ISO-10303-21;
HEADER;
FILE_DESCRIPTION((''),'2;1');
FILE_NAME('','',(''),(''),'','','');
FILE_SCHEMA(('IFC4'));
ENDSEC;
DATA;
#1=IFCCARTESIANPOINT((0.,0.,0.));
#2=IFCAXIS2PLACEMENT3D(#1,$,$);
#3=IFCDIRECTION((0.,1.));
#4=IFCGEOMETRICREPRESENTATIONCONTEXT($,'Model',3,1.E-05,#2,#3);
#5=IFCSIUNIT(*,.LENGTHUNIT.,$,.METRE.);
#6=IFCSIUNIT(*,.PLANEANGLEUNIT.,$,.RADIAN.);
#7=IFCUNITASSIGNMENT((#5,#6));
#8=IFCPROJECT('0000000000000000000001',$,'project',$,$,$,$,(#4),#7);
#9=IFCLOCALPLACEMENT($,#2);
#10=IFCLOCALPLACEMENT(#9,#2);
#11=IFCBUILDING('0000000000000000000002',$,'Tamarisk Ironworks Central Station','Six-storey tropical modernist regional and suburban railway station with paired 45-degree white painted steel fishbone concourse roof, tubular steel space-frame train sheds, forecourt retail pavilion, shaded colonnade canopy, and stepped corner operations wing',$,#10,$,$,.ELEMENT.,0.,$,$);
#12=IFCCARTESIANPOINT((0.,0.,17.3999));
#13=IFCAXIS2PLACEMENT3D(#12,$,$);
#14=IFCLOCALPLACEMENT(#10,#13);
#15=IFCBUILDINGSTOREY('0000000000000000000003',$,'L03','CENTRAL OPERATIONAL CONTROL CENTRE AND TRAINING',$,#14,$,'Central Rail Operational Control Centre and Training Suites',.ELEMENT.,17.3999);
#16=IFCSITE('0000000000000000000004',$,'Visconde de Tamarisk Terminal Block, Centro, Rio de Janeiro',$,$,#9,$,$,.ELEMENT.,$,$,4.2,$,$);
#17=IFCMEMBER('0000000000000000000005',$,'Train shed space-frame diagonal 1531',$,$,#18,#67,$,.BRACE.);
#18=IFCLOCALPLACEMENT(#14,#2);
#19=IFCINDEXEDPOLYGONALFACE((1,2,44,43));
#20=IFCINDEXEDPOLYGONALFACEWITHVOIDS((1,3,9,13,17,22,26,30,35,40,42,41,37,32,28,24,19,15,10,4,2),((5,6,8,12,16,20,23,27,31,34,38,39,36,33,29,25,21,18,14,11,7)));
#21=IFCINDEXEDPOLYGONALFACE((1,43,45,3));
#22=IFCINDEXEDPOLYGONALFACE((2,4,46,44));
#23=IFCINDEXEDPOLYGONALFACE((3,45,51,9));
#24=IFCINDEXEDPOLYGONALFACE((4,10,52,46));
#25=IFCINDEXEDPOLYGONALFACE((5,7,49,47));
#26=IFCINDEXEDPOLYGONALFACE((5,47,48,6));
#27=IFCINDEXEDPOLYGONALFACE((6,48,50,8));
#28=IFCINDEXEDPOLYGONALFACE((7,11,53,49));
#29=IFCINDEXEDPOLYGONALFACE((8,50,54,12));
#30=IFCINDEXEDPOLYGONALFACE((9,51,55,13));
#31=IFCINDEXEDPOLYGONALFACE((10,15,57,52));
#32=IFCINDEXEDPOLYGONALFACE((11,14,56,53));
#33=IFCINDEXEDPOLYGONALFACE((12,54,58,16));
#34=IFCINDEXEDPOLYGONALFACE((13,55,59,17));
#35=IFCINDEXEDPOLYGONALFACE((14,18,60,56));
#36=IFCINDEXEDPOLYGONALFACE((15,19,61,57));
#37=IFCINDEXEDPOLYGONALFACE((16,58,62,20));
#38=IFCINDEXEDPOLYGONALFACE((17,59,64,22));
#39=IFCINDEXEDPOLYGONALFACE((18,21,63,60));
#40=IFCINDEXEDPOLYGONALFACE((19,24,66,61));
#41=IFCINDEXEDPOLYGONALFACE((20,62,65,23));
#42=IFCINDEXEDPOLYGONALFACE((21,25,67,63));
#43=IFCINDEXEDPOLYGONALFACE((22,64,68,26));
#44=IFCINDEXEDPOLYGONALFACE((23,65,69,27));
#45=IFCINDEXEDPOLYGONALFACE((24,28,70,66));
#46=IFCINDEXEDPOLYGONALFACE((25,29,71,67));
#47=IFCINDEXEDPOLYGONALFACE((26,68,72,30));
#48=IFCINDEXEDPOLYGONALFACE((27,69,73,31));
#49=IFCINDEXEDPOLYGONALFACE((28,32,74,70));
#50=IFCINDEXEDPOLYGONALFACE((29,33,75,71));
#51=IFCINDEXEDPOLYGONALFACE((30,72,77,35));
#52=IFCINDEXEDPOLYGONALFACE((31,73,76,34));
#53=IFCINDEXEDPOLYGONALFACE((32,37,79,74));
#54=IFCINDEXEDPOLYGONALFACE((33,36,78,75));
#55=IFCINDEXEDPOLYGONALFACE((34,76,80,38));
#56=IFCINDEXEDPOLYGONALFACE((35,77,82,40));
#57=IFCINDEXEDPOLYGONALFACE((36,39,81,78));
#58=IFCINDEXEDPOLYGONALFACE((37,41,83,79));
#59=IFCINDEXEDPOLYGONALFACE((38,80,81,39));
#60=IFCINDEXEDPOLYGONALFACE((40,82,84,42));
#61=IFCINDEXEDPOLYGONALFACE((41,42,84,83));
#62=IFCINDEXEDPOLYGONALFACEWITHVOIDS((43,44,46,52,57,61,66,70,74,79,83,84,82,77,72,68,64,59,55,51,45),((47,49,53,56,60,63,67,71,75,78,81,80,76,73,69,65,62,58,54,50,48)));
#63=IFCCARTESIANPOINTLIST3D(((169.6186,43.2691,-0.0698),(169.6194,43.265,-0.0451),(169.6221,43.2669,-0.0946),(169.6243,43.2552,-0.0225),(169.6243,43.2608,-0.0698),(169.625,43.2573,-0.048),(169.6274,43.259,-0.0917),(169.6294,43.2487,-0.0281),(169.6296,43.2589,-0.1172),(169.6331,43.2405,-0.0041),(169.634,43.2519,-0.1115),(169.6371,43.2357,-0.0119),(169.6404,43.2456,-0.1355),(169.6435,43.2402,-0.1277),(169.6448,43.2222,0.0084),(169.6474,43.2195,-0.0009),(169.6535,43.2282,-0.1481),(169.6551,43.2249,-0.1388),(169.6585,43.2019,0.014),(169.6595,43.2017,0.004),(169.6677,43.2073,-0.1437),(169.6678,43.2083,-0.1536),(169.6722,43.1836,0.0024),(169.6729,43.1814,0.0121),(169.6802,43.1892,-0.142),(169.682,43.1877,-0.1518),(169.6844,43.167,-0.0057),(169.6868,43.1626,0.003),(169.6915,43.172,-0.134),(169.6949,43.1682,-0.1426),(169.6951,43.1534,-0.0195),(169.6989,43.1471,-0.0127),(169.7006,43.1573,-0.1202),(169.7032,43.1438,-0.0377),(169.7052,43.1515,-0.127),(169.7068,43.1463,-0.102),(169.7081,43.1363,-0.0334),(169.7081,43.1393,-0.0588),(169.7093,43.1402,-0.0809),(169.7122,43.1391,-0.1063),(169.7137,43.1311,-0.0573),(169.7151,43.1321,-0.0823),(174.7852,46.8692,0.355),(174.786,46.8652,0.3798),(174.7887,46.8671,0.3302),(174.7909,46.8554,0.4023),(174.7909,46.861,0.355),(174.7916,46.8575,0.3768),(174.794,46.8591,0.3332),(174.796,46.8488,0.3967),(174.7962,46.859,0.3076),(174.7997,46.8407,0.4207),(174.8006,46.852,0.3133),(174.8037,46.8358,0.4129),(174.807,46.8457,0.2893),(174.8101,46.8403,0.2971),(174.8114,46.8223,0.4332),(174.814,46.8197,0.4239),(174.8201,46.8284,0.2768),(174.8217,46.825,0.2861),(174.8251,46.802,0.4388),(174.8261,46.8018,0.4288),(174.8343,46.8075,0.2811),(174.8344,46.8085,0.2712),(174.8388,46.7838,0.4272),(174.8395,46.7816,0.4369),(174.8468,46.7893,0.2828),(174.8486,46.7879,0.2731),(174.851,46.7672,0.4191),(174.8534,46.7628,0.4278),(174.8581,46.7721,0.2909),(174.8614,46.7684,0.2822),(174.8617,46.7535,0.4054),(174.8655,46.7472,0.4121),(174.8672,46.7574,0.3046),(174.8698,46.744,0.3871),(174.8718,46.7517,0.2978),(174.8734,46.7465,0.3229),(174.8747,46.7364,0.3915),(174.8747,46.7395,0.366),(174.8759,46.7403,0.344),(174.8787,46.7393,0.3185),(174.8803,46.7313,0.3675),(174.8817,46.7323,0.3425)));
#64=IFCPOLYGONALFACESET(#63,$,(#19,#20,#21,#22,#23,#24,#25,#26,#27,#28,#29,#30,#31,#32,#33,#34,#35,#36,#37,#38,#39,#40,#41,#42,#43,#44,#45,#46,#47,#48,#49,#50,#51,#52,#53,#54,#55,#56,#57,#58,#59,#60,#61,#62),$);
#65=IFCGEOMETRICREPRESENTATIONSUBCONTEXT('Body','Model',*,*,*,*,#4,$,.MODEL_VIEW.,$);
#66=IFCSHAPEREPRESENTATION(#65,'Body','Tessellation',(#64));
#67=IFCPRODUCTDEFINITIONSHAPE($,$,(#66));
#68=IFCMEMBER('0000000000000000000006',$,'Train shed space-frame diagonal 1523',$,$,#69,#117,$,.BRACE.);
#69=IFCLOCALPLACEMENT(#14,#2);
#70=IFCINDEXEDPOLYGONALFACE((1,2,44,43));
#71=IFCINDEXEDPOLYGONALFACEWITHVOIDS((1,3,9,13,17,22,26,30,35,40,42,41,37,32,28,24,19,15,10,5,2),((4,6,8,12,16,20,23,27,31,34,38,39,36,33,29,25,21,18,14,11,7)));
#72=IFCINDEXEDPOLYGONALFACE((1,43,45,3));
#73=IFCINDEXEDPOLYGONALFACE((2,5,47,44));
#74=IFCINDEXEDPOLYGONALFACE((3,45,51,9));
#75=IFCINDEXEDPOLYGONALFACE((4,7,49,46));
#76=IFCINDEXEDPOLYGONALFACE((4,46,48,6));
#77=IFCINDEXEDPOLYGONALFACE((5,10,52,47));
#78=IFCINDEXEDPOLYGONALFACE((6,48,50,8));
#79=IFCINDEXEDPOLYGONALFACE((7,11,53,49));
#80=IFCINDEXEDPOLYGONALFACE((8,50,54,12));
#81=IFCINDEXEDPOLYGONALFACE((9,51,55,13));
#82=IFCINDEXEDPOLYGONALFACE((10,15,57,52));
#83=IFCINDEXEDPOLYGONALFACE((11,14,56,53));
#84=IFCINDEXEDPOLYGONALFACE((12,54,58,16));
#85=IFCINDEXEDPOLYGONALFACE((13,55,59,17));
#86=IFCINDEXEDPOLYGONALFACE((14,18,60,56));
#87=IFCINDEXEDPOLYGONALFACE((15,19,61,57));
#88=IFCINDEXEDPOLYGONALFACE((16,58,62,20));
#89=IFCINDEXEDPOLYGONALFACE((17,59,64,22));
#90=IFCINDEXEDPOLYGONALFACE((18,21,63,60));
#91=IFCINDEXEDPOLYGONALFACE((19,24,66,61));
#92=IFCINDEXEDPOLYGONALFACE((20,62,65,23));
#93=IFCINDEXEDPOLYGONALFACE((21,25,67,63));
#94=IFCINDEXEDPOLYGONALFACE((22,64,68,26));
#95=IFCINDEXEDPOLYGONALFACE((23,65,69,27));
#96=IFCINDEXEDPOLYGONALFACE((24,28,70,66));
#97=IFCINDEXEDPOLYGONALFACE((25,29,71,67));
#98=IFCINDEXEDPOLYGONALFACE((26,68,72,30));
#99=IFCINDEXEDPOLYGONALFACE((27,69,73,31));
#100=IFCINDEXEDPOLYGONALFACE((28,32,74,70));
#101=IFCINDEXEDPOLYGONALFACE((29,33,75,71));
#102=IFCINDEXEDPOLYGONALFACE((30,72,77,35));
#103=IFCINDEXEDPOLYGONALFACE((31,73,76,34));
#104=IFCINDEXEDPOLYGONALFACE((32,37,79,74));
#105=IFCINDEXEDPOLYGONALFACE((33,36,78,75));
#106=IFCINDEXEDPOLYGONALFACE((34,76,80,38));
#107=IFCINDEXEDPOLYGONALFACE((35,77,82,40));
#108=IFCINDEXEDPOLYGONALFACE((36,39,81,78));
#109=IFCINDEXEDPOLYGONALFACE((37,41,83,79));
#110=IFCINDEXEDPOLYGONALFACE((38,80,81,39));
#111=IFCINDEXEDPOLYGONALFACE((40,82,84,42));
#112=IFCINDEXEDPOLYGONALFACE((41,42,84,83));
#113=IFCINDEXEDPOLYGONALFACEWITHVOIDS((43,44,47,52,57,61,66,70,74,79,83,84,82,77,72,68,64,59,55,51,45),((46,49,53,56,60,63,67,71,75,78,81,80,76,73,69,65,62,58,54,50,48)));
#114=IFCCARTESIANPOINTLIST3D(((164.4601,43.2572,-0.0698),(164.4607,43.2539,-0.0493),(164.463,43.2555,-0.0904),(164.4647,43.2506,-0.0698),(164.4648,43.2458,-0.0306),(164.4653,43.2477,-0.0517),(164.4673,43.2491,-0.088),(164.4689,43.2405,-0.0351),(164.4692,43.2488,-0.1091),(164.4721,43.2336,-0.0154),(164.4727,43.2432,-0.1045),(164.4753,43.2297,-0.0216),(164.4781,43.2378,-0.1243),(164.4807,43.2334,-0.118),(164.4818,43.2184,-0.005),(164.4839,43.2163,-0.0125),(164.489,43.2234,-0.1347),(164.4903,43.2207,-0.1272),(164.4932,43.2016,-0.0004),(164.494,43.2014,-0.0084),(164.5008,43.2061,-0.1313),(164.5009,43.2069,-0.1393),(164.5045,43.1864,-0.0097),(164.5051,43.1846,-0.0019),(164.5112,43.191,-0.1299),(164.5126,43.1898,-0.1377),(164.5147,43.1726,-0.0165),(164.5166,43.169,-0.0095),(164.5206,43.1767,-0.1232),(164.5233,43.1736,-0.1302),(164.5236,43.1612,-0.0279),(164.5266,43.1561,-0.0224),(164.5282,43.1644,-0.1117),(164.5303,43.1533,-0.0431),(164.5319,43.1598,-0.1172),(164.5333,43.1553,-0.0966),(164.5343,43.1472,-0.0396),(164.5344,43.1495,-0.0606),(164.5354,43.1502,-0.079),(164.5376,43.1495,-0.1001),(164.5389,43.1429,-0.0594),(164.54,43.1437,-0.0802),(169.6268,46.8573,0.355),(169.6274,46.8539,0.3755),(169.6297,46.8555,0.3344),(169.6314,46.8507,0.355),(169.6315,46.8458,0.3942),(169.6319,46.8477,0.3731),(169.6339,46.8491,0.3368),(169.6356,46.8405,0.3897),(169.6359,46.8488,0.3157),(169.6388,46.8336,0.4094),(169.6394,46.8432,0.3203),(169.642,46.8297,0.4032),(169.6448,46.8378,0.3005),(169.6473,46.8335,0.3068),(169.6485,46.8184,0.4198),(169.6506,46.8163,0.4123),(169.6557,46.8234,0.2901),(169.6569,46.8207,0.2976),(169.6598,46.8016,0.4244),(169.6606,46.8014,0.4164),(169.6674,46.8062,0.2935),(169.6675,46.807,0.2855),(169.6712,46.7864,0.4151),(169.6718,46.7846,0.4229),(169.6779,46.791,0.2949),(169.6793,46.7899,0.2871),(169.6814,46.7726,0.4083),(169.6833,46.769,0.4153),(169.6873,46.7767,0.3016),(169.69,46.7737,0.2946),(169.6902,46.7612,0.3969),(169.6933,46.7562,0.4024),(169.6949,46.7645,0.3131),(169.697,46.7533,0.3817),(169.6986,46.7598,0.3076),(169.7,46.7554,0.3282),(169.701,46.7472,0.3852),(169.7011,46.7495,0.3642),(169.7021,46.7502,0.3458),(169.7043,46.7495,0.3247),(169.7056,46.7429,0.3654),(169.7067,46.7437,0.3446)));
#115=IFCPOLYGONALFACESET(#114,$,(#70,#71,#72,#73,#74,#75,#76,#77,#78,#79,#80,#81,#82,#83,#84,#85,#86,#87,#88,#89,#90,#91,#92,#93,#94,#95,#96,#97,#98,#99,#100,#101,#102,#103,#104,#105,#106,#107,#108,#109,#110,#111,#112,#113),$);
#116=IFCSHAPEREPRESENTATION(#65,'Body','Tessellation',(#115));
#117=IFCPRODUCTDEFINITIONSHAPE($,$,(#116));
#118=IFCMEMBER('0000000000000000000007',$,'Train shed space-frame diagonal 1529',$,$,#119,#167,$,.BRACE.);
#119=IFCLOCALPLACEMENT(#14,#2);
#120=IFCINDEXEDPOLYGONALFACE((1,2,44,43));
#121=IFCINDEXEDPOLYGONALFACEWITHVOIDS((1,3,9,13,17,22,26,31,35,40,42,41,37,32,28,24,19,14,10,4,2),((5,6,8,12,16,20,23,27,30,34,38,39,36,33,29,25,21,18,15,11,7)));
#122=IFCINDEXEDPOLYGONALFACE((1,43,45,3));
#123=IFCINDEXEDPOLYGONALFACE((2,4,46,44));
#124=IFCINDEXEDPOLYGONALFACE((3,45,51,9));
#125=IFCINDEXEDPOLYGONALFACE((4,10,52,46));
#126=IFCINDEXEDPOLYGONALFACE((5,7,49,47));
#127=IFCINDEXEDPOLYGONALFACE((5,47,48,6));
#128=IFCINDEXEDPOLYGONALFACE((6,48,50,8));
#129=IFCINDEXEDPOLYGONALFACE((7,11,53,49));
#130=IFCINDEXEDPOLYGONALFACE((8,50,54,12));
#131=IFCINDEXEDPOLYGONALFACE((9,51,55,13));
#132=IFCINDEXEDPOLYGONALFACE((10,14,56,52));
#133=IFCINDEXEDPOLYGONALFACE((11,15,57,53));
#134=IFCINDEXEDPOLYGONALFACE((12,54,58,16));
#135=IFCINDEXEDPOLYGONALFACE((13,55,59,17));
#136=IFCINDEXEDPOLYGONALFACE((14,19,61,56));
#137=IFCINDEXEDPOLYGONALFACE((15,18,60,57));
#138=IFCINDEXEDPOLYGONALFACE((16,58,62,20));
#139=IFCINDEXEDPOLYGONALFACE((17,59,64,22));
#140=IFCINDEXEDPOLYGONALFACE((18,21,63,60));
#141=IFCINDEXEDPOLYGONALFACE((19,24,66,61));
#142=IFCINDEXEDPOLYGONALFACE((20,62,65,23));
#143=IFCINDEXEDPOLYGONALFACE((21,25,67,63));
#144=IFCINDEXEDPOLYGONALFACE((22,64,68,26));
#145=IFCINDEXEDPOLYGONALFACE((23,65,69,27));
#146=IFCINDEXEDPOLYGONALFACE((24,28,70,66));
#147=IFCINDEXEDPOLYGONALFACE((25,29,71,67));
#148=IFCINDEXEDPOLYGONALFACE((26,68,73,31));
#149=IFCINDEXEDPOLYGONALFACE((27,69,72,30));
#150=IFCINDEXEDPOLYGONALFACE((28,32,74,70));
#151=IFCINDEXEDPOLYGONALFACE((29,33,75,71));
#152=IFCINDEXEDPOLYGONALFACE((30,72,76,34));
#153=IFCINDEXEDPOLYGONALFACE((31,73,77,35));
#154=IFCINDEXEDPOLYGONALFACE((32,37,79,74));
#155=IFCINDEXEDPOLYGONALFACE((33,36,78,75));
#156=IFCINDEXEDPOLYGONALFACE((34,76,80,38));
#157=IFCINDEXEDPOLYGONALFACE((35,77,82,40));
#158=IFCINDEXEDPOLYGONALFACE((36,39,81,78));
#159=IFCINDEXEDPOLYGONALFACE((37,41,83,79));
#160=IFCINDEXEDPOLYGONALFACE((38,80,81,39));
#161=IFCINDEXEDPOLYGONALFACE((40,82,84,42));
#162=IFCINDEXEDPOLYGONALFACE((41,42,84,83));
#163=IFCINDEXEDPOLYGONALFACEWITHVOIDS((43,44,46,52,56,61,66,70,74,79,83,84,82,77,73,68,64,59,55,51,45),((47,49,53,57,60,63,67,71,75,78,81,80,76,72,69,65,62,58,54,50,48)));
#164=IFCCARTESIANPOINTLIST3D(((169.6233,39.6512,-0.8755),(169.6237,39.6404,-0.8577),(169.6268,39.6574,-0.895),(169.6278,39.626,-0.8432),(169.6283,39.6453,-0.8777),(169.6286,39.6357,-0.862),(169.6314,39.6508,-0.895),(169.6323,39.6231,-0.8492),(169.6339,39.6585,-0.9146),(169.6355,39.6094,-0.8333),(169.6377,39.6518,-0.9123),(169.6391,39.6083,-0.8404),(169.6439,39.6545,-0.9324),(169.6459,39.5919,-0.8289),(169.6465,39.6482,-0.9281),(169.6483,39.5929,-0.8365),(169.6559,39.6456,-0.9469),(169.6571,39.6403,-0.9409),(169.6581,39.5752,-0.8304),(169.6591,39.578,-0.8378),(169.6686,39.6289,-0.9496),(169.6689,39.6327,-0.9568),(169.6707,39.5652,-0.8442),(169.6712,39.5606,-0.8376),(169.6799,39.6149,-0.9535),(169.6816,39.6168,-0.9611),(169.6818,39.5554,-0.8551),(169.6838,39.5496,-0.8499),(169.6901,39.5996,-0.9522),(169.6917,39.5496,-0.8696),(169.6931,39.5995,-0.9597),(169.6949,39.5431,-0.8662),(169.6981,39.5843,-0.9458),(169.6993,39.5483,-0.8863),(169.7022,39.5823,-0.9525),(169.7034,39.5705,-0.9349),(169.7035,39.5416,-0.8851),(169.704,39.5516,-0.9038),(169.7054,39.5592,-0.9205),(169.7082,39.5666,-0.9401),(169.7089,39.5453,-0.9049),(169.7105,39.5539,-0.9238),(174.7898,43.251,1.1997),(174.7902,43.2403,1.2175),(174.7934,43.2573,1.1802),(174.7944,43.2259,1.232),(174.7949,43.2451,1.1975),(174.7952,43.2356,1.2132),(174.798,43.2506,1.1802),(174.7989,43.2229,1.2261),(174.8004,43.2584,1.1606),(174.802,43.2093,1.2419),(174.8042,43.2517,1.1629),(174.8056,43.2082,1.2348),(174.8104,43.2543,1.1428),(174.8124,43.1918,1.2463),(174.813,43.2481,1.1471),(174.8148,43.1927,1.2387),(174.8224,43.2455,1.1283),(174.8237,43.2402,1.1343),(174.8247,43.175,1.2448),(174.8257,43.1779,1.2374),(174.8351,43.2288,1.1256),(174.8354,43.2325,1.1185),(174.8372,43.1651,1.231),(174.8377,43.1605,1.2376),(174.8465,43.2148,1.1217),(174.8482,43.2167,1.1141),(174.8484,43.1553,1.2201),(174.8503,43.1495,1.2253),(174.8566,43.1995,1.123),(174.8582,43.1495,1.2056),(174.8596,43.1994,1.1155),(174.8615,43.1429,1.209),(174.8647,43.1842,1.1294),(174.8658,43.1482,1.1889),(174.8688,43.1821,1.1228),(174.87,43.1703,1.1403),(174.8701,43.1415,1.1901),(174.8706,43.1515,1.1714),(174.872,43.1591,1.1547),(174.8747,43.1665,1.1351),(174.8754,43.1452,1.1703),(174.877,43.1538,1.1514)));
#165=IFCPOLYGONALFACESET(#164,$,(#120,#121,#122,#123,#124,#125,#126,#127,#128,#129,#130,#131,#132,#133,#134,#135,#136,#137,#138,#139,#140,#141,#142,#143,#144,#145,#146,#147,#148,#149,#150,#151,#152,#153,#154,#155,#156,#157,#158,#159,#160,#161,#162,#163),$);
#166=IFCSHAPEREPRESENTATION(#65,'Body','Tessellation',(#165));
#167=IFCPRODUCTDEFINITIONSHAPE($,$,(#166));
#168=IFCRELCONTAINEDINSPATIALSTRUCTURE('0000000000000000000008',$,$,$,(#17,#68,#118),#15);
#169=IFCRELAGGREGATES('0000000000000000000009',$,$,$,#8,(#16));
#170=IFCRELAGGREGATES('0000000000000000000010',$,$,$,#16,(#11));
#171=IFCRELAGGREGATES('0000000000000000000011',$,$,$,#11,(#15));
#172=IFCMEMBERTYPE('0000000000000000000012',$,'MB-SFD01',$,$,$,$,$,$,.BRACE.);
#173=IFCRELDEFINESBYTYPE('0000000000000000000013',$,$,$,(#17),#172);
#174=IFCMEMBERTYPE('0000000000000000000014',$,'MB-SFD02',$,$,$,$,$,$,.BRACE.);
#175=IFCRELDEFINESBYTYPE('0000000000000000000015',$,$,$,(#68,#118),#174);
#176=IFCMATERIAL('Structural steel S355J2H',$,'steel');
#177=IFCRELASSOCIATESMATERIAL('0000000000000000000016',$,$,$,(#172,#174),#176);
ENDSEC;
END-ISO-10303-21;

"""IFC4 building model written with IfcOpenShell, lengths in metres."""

from ifc_helpers import new_model, si_unit, direction, frame, origin, origin_2d, place, context, subcontext, project, spatial, hollow_circle, extrude, material, material_profile, profile_set, type_object, element, save


model = new_model("IFC4")

# Units and contexts
model_context = context("Model", 3, precision=1e-05, world=origin(), true_north=direction((0.0, 1.0)))
body_context = subcontext(model_context, "Body", "Model", "MODEL_VIEW")
ifc_project = project(units=[si_unit("LENGTHUNIT", "METRE"), si_unit("PLANEANGLEUNIT", "RADIAN")], contexts=[model_context])

# Site, building, storey
site_placement = place(None, origin())
site = spatial("IfcSite", under=ifc_project, at=site_placement, Name="Visconde de Tamarisk Terminal Block, Centro, Rio de Janeiro", CompositionType="ELEMENT", RefElevation=4.2)
building_placement = place(site_placement, origin())
building = spatial("IfcBuilding", under=site, at=building_placement, Name="Tamarisk Ironworks Central Station", Description="Six-storey tropical modernist regional and suburban railway station with paired 45-degree white painted steel fishbone concourse roof, tubular steel space-frame train sheds, forecourt retail pavilion, shaded colonnade canopy, and stepped corner operations wing", CompositionType="ELEMENT", ElevationOfRefHeight=0.0)
storey_placement = place(building_placement, frame((0.0, 0.0, 17.3999)))
storey = spatial("IfcBuildingStorey", under=building, at=storey_placement, Name="L03", Description="CENTRAL OPERATIONAL CONTROL CENTRE AND TRAINING", LongName="Central Rail Operational Control Centre and Training Suites", CompositionType="ELEMENT", Elevation=17.3999)

# Members
ifc_material = material(Name="Structural steel S355J2H", Category="steel")
ifc_material_profile_1 = material_profile(ifc_material, hollow_circle(Radius=0.0842, WallThickness=0.01, at=origin_2d()), Name="CHS 168.3x10")
ifc_profile_set_1 = profile_set([ifc_material_profile_1], Name="Structural steel S355J2H")
member_type_1 = type_object("IfcMemberType", Name="MB-SFD01", PredefinedType="BRACE", material=ifc_profile_set_1)
for number, where, z_axis, x_axis, name in (
    (1, (169.6667, 43.2, -0.0698), (0.818597, 0.570411, 0.067307), (-0.571707, 0.820458, 0.0), "Train shed space-frame diagonal 1531"),
):
    element("IfcMember", number, at=place(storey_placement, frame(where, z_axis=z_axis, x_axis=x_axis)), inside=storey, type_object=member_type_1, Name=name, PredefinedType="BRACE", context=body_context, shape_type="SweptSolid", body=[
        extrude(hollow_circle(Radius=0.0842, WallThickness=0.01, at=origin_2d()), origin(), (0.0, 0.0, 1.0), 6.3115),
    ])
ifc_material_profile_2 = material_profile(ifc_material, hollow_circle(Radius=0.0698, WallThickness=0.0081, at=origin_2d()), Name="CHS 139.7x8")
ifc_profile_set_2 = profile_set([ifc_material_profile_2], Name="Structural steel S355J2H")
member_type_2 = type_object("IfcMemberType", Name="MB-SFD02", PredefinedType="BRACE", material=ifc_profile_set_2)
member_1_placement = place(storey_placement, frame((164.5, 43.2, -0.0698), z_axis=(0.81861, 0.570393, 0.067305), x_axis=(-0.571689, 0.82047, 0.0)))
element("IfcMember", 2, at=member_1_placement, inside=storey, type_object=member_type_2, Name="Train shed space-frame diagonal 1523", PredefinedType="BRACE", context=body_context, shape_type="SweptSolid", body=[
    extrude(hollow_circle(Radius=0.0698, WallThickness=0.0081, at=origin_2d()), origin(), (0.0, 0.0, 1.0), 6.3115),
])
member_2_placement = place(storey_placement, frame((169.6667, 39.6001, -0.895), z_axis=(0.779251, 0.542957, 0.312996), x_axis=(-0.571681, 0.820476, 0.0)))
element("IfcMember", 3, at=member_2_placement, inside=storey, type_object=member_type_2, Name="Train shed space-frame diagonal 1529", PredefinedType="BRACE", context=body_context, shape_type="SweptSolid", body=[
    extrude(hollow_circle(Radius=0.0698, WallThickness=0.0081, at=origin_2d()), origin(), (0.0, 0.0, 1.0), 6.6301),
])

save(model, "model.ifc")
